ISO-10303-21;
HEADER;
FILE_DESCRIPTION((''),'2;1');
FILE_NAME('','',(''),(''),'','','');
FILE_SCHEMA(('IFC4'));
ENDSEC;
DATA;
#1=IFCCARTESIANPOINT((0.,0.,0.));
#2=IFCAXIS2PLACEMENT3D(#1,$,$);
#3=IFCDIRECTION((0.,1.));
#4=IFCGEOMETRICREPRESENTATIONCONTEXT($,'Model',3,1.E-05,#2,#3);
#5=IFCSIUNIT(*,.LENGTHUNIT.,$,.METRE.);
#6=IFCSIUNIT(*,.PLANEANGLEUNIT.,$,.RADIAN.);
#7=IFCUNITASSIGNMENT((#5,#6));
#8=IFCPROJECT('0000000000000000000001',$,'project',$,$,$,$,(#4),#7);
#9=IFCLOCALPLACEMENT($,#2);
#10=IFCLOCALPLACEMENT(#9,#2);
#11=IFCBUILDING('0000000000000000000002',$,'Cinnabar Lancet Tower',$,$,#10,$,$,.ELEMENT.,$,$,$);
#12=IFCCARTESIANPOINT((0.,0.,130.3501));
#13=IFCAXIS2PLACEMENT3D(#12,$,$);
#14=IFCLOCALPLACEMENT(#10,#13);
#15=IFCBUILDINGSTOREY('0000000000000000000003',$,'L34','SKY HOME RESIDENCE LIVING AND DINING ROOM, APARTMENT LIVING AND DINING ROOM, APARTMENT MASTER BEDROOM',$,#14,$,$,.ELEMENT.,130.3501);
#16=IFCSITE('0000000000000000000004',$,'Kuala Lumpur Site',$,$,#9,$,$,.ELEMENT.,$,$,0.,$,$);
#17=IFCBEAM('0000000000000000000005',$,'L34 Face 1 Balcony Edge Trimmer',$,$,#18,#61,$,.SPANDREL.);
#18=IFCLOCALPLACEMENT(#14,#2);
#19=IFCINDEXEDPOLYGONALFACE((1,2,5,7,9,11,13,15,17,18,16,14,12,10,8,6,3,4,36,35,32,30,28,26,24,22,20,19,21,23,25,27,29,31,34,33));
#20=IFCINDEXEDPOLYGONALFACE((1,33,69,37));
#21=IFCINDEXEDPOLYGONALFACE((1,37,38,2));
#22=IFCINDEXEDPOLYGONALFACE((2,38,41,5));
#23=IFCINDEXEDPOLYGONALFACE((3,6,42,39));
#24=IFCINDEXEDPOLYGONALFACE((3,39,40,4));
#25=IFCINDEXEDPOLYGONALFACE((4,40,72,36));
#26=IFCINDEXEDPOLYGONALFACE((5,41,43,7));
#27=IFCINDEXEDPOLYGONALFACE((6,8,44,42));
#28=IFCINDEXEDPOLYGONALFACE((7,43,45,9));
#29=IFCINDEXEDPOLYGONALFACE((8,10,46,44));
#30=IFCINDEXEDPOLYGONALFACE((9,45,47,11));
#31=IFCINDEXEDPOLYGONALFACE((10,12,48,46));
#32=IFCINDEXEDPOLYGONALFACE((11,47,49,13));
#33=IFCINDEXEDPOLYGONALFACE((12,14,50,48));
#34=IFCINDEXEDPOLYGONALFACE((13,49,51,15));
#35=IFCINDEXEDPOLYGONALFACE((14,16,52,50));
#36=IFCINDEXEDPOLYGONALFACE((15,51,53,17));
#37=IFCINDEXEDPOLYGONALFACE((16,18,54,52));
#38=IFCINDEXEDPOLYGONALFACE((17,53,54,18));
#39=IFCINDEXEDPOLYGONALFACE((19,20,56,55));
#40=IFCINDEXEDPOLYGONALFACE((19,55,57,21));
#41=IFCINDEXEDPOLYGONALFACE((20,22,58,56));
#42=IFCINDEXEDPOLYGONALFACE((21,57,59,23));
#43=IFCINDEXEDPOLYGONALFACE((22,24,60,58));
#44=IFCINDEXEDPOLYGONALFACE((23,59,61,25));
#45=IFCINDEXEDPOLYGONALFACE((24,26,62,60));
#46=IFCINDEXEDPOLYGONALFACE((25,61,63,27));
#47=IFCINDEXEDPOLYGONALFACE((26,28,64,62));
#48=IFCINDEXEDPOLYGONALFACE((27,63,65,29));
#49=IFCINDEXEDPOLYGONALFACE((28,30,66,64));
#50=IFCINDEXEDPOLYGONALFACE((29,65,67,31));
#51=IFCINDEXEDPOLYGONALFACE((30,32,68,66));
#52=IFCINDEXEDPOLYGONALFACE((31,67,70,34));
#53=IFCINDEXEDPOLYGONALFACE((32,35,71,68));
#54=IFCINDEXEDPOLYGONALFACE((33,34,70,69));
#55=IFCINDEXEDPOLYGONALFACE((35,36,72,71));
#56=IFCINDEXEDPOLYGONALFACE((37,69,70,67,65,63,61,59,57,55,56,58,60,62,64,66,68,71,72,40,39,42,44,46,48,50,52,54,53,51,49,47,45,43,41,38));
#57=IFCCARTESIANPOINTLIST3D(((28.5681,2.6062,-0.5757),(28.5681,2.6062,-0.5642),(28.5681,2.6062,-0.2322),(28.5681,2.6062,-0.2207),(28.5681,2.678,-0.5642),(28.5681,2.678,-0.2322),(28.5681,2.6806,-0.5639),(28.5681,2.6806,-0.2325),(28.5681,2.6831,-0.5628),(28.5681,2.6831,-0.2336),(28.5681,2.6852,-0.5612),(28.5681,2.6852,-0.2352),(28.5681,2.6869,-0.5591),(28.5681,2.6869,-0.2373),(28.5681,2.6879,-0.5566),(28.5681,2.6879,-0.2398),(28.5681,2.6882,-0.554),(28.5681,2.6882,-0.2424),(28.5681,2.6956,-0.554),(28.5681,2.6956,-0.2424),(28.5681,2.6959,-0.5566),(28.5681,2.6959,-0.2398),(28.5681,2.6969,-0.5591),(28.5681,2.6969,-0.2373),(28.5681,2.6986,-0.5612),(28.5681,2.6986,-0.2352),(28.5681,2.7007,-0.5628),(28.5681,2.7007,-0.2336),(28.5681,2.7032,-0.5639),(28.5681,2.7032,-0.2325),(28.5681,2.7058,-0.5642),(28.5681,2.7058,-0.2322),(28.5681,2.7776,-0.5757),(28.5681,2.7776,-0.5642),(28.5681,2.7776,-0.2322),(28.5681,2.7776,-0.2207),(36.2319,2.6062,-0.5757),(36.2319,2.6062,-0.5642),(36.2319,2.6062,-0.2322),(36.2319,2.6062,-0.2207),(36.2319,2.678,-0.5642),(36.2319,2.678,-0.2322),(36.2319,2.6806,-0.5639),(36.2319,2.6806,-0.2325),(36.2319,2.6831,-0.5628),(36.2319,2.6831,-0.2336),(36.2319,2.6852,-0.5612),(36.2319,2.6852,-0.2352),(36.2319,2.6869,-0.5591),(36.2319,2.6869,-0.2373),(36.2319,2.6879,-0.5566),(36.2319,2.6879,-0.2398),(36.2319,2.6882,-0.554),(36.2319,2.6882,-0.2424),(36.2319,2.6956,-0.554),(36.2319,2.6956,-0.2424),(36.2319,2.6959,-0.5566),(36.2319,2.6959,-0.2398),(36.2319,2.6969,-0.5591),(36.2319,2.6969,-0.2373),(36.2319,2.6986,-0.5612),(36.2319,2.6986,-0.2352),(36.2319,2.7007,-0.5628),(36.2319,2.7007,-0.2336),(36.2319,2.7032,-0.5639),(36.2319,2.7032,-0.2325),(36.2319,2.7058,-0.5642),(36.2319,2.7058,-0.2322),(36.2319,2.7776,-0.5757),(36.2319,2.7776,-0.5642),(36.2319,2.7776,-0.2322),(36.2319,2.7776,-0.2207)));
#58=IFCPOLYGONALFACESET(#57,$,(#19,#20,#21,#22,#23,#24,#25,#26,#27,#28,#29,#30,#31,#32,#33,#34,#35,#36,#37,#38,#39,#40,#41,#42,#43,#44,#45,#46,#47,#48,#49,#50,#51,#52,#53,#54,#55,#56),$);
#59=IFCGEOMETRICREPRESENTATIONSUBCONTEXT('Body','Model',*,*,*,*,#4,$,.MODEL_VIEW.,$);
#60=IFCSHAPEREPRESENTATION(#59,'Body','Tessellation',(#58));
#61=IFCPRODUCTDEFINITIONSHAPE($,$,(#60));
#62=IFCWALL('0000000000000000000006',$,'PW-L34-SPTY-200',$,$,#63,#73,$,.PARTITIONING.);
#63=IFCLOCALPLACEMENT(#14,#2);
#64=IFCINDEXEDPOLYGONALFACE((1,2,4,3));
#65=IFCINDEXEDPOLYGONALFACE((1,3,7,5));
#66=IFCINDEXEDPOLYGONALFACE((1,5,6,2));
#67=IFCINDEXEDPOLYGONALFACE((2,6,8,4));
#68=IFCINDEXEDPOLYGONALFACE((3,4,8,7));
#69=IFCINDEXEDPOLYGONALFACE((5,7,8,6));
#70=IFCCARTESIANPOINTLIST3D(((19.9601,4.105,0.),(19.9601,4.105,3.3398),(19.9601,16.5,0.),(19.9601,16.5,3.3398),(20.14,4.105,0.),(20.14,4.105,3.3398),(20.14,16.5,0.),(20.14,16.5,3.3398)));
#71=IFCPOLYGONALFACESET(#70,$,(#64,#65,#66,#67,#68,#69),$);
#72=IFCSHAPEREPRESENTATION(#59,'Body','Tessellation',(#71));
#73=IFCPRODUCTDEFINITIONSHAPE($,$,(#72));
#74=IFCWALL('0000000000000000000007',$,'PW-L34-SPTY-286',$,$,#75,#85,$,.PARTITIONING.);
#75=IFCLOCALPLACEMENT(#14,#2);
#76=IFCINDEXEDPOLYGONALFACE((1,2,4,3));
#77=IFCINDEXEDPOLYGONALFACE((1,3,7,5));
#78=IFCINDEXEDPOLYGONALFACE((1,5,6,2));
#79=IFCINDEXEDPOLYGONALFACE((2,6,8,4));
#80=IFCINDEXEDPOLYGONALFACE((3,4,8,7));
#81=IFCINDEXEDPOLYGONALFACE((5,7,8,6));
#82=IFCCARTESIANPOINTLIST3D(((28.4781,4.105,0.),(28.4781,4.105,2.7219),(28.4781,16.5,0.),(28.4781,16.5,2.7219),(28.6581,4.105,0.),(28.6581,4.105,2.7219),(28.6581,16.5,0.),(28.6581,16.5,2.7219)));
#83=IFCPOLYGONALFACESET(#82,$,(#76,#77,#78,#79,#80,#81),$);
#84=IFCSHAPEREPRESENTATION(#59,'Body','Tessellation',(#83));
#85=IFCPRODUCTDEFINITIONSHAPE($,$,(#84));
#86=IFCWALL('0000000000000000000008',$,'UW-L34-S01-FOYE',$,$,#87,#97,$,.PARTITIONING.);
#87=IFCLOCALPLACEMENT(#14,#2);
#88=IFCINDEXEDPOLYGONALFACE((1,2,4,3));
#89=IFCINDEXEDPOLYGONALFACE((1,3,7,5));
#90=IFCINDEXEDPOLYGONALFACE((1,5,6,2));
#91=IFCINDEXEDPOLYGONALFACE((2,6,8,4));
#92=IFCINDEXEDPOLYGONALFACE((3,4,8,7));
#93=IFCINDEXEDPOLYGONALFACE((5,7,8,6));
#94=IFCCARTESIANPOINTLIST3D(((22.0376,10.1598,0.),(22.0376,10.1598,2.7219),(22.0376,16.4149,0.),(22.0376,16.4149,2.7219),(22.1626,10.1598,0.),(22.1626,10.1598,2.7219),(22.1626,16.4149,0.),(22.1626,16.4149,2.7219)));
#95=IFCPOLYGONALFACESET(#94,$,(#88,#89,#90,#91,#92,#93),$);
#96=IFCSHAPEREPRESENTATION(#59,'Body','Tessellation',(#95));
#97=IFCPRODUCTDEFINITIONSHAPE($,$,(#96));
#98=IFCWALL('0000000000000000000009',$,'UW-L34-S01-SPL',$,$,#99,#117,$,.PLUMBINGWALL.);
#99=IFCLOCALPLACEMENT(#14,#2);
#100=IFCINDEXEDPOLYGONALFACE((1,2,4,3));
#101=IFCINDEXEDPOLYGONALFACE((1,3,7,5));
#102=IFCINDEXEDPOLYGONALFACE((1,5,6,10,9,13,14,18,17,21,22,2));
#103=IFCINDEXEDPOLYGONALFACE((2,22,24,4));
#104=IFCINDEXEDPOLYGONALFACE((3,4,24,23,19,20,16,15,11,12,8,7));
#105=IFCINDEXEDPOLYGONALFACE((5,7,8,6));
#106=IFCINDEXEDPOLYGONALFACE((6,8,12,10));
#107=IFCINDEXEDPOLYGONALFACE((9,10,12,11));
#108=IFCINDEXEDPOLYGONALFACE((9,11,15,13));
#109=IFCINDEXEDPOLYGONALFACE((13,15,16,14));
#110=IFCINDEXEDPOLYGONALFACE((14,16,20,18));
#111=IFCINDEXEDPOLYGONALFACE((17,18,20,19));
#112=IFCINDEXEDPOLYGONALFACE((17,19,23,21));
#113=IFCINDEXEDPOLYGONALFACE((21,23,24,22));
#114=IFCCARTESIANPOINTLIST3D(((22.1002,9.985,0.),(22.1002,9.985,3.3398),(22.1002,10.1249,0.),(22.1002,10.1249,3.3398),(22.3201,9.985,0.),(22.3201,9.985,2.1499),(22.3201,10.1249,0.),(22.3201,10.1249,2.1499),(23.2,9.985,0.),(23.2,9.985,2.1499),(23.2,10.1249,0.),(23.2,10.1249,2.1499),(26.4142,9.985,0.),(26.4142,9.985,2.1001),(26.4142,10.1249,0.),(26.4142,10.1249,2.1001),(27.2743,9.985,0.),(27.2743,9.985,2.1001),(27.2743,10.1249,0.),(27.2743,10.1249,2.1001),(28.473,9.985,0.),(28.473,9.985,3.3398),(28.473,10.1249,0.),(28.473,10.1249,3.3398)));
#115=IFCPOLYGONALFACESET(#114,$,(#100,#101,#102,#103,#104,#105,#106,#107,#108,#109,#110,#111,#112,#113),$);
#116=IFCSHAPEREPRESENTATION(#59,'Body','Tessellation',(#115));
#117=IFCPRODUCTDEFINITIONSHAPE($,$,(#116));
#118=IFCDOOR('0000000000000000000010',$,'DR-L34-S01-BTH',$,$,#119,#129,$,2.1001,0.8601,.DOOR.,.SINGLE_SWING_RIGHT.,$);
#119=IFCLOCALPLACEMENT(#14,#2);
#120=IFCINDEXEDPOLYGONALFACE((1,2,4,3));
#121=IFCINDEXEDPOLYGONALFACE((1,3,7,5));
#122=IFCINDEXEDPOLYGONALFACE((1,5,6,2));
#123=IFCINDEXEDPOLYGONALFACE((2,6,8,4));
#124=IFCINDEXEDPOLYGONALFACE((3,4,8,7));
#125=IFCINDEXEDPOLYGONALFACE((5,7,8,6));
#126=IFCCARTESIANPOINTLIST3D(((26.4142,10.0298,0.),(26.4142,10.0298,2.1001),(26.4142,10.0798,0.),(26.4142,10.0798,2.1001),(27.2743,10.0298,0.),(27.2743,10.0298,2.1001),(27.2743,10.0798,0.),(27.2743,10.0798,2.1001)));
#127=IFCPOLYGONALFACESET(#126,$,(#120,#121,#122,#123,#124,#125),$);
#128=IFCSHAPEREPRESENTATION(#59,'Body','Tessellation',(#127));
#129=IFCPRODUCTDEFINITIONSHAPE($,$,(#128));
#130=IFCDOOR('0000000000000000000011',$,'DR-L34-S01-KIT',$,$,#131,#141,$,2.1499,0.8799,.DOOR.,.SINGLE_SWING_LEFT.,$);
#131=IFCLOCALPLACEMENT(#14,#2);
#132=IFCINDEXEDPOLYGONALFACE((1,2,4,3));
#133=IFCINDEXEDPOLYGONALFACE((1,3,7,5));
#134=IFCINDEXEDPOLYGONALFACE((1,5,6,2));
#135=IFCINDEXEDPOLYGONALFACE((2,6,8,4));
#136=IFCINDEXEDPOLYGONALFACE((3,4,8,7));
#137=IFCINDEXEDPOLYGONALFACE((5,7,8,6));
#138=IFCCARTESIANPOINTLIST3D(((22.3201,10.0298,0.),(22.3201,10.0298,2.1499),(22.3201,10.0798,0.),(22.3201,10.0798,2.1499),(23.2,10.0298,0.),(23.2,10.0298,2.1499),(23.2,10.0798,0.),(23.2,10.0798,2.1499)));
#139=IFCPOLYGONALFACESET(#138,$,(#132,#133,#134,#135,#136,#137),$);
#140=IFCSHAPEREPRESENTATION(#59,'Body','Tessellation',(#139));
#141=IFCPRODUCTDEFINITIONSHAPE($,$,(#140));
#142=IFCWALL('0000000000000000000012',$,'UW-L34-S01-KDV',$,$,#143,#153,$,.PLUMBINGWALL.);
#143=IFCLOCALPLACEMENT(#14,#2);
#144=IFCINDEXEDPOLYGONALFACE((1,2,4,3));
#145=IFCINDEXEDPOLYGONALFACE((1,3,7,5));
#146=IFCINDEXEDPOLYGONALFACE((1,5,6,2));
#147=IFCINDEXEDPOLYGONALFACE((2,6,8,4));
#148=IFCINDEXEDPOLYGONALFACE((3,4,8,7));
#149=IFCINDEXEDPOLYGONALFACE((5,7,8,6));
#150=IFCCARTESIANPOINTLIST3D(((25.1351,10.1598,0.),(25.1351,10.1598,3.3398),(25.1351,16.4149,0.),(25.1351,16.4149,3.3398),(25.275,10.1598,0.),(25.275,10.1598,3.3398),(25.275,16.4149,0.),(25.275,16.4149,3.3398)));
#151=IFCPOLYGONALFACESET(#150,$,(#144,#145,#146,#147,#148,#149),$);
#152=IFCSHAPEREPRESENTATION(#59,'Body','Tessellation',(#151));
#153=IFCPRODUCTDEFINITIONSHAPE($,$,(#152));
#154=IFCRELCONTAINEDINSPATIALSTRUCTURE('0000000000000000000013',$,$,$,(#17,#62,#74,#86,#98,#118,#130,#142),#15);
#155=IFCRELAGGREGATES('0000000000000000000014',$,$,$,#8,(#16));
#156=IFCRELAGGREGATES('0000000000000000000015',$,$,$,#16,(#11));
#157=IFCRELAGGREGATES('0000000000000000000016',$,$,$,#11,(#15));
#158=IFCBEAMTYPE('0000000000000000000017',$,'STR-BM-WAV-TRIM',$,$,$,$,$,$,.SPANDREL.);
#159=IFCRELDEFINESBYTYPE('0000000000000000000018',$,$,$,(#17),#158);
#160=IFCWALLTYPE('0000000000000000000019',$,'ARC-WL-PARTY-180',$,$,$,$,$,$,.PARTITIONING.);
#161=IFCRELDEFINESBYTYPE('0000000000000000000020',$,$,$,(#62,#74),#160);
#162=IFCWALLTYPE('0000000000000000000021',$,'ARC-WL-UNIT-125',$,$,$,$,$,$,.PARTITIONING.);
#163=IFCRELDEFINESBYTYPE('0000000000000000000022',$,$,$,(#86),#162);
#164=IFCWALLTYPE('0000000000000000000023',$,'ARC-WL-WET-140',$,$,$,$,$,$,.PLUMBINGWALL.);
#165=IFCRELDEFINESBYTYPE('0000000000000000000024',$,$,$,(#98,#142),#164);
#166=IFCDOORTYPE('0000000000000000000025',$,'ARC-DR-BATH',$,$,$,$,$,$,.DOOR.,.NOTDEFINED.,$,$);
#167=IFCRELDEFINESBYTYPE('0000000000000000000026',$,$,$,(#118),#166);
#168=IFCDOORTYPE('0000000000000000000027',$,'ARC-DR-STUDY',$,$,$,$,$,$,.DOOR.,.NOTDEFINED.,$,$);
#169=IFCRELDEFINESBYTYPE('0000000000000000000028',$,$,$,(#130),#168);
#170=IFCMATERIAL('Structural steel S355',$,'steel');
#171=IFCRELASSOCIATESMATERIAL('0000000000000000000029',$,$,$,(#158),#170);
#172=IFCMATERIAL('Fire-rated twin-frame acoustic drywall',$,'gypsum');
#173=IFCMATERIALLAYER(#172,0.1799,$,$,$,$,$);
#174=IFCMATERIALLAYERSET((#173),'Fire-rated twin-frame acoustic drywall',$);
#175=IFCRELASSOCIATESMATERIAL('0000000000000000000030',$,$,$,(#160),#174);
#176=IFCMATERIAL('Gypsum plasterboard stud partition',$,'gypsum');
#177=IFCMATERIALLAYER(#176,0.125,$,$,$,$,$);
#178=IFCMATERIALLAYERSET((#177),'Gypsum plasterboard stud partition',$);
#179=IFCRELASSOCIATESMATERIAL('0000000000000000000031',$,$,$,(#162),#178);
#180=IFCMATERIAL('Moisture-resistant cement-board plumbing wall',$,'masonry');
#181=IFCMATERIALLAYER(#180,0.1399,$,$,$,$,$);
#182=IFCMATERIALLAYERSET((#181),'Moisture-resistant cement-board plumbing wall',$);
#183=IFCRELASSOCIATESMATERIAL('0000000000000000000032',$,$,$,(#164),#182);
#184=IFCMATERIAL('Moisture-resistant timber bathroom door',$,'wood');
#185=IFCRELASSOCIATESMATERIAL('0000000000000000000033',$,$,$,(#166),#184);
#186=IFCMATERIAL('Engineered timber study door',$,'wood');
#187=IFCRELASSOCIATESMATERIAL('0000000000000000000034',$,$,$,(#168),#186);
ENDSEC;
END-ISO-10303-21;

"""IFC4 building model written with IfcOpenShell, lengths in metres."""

from ifc_helpers import new_model, si_unit, direction, frame, frame_2d, origin, origin_2d, place, context, subcontext, project, spatial, rectangle, i_section, extrude, material, layer, layer_set, material_profile, profile_set, type_object, element, fill, save


model = new_model("IFC4")

# Units and contexts
model_context = context("Model", 3, precision=1e-05, world=origin(), true_north=direction((0.0, 1.0)))
body_context = subcontext(model_context, "Body", "Model", "MODEL_VIEW")
ifc_project = project(units=[si_unit("LENGTHUNIT", "METRE"), si_unit("PLANEANGLEUNIT", "RADIAN")], contexts=[model_context])

# Site, building, storey
site_placement = place(None, origin())
site = spatial("IfcSite", under=ifc_project, at=site_placement, Name="Kuala Lumpur Site", CompositionType="ELEMENT", RefElevation=0.0)
building_placement = place(site_placement, origin())
building = spatial("IfcBuilding", under=site, at=building_placement, Name="Cinnabar Lancet Tower", CompositionType="ELEMENT")
storey_placement = place(building_placement, frame((0.0, 0.0, 130.3501)))
storey = spatial("IfcBuildingStorey", under=building, at=storey_placement, Name="L34", Description="SKY HOME RESIDENCE LIVING AND DINING ROOM, APARTMENT LIVING AND DINING ROOM, APARTMENT MASTER BEDROOM", CompositionType="ELEMENT", Elevation=130.3501)

# Beam
ifc_material_1 = material(Name="Structural steel S355", Category="steel")
ifc_material_profile_1 = material_profile(ifc_material_1, i_section(OverallWidth=0.1714, OverallDepth=0.355, WebThickness=0.0073, FlangeThickness=0.0115, FilletRadius=0.0103, at=origin_2d()), Name="UKB 356x171x51")
ifc_profile_set_1 = profile_set([ifc_material_profile_1], Name="Structural steel S355")
beam_type_1 = type_object("IfcBeamType", Name="STR-BM-WAV-TRIM", PredefinedType="SPANDREL", material=ifc_profile_set_1)
beam_1_placement = place(storey_placement, frame((28.5681, 2.6919, -0.3982), z_axis=(1.0, 0.0, 0.0), x_axis=(0.0, 1.0, 0.0)))
element("IfcBeam", 1, at=beam_1_placement, inside=storey, type_object=beam_type_1, Name="L34 Face 1 Balcony Edge Trimmer", PredefinedType="SPANDREL", context=body_context, shape_type="SweptSolid", body=[
    extrude(i_section(OverallWidth=0.1714, OverallDepth=0.355, WebThickness=0.0073, FlangeThickness=0.0115, FilletRadius=0.0103, at=origin_2d()), origin(), (0.0, 0.0, 1.0), 7.6638),
])

# Walls
ifc_material_2 = material(Name="Fire-rated twin-frame acoustic drywall", Category="gypsum")
ifc_layer_1 = layer(ifc_material_2, 0.1799)
ifc_layer_set_1 = layer_set([ifc_layer_1], Name="Fire-rated twin-frame acoustic drywall")
wall_type_1 = type_object("IfcWallType", Name="ARC-WL-PARTY-180", PredefinedType="PARTITIONING", material=ifc_layer_set_1)
wall_1_placement = place(storey_placement, frame((20.05, 4.105, 0.0), z_axis=(0.0, 0.0, 1.0), x_axis=(0.0, 1.0, 0.0)))
element("IfcWall", 2, at=wall_1_placement, inside=storey, type_object=wall_type_1, Name="PW-L34-SPTY-200", PredefinedType="PARTITIONING", context=body_context, shape_type="SweptSolid", body=[
    extrude(rectangle(XDim=12.395, YDim=0.1799, at=frame_2d((6.1975, 0.0))), origin(), (0.0, 0.0, 1.0), 3.3398),
])
wall_2_placement = place(storey_placement, frame((28.5681, 4.105, 0.0), z_axis=(0.0, 0.0, 1.0), x_axis=(0.0, 1.0, 0.0)))
element("IfcWall", 3, at=wall_2_placement, inside=storey, type_object=wall_type_1, Name="PW-L34-SPTY-286", PredefinedType="PARTITIONING", context=body_context, shape_type="SweptSolid", body=[
    extrude(rectangle(XDim=12.395, YDim=0.1799, at=frame_2d((6.1975, 0.0))), origin(), (0.0, 0.0, 1.0), 2.7219),
])
ifc_material_3 = material(Name="Gypsum plasterboard stud partition", Category="gypsum")
ifc_layer_2 = layer(ifc_material_3, 0.125)
ifc_layer_set_2 = layer_set([ifc_layer_2], Name="Gypsum plasterboard stud partition")
wall_type_2 = type_object("IfcWallType", Name="ARC-WL-UNIT-125", PredefinedType="PARTITIONING", material=ifc_layer_set_2)
wall_3_placement = place(storey_placement, frame((22.1001, 10.1599, 0.0), z_axis=(0.0, 0.0, 1.0), x_axis=(0.0, 1.0, 0.0)))
element("IfcWall", 4, at=wall_3_placement, inside=storey, type_object=wall_type_2, Name="UW-L34-S01-FOYE", PredefinedType="PARTITIONING", context=body_context, shape_type="SweptSolid", body=[
    extrude(rectangle(XDim=6.2551, YDim=0.125, at=frame_2d((3.1274, 0.0))), origin(), (0.0, 0.0, 1.0), 2.7219),
])

# Wall, openings, doors
ifc_material_4 = material(Name="Moisture-resistant cement-board plumbing wall", Category="masonry")
ifc_layer_3 = layer(ifc_material_4, 0.1399)
ifc_layer_set_3 = layer_set([ifc_layer_3], Name="Moisture-resistant cement-board plumbing wall")
wall_type_3 = type_object("IfcWallType", Name="ARC-WL-WET-140", PredefinedType="PLUMBINGWALL", material=ifc_layer_set_3)
wall_4_placement = place(storey_placement, frame((22.1001, 10.0549, 0.0), z_axis=(0.0, 0.0, 1.0), x_axis=(1.0, 0.0, 0.0)))
wall_4 = element("IfcWall", 5, at=wall_4_placement, inside=storey, type_object=wall_type_3, Name="UW-L34-S01-SPL", PredefinedType="PLUMBINGWALL", context=body_context, shape_type="SweptSolid", body=[
    extrude(rectangle(XDim=6.3728, YDim=0.1399, at=frame_2d((3.1865, 0.0))), origin(), (0.0, 0.0, 1.0), 3.3398),
])
opening_1_placement = place(wall_4_placement, frame((4.314, 0.0, 0.0)))
opening_1 = element("IfcOpeningElement", 6, at=opening_1_placement, cuts=wall_4, PredefinedType="OPENING", context=body_context, shape_type="SweptSolid", body=[
    extrude(rectangle(XDim=0.8601, YDim=2.1001, at=frame_2d((0.4302, 1.05))), frame((0.0, 0.0798, 0.0), z_axis=(0.0, -1.0, 0.0), x_axis=(1.0, 0.0, 0.0)), (0.0, 0.0, 1.0), 0.1599),
])
opening_2_placement = place(wall_4_placement, frame((0.22, 0.0, 0.0)))
opening_2 = element("IfcOpeningElement", 7, at=opening_2_placement, cuts=wall_4, PredefinedType="OPENING", context=body_context, shape_type="SweptSolid", body=[
    extrude(rectangle(XDim=0.8799, YDim=2.1499, at=frame_2d((0.4399, 1.075))), frame((0.0, 0.0798, 0.0), z_axis=(0.0, -1.0, 0.0), x_axis=(1.0, 0.0, 0.0)), (0.0, 0.0, 1.0), 0.1599),
])
ifc_material_5 = material(Name="Moisture-resistant timber bathroom door", Category="wood")
door_type_1 = type_object("IfcDoorType", Name="ARC-DR-BATH", OperationType="NOTDEFINED", PredefinedType="DOOR", material=ifc_material_5)
door_1_placement = place(opening_1_placement, origin())
door_1 = element("IfcDoor", 8, at=door_1_placement, inside=storey, type_object=door_type_1, Name="DR-L34-S01-BTH", OperationType="SINGLE_SWING_RIGHT", OverallHeight=2.1001, OverallWidth=0.8601, PredefinedType="DOOR", context=body_context, shape_type="SweptSolid", body=[
    extrude(rectangle(XDim=0.8601, YDim=2.1001, at=frame_2d((0.4302, 1.05))), frame((0.0, 0.0249, 0.0), z_axis=(0.0, -1.0, 0.0), x_axis=(1.0, 0.0, 0.0)), (0.0, 0.0, 1.0), 0.05),
])
fill(opening_1, door_1)
ifc_material_6 = material(Name="Engineered timber study door", Category="wood")
door_type_2 = type_object("IfcDoorType", Name="ARC-DR-STUDY", OperationType="NOTDEFINED", PredefinedType="DOOR", material=ifc_material_6)
door_2_placement = place(opening_2_placement, origin())
door_2 = element("IfcDoor", 9, at=door_2_placement, inside=storey, type_object=door_type_2, Name="DR-L34-S01-KIT", OperationType="SINGLE_SWING_LEFT", OverallHeight=2.1499, OverallWidth=0.8799, PredefinedType="DOOR", context=body_context, shape_type="SweptSolid", body=[
    extrude(rectangle(XDim=0.8799, YDim=2.1499, at=frame_2d((0.4399, 1.075))), frame((0.0, 0.0249, 0.0), z_axis=(0.0, -1.0, 0.0), x_axis=(1.0, 0.0, 0.0)), (0.0, 0.0, 1.0), 0.05),
])
fill(opening_2, door_2)

# Wall
wall_5_placement = place(storey_placement, frame((25.2051, 10.1599, 0.0), z_axis=(0.0, 0.0, 1.0), x_axis=(0.0, 1.0, 0.0)))
element("IfcWall", 10, at=wall_5_placement, inside=storey, type_object=wall_type_3, Name="UW-L34-S01-KDV", PredefinedType="PLUMBINGWALL", context=body_context, shape_type="SweptSolid", body=[
    extrude(rectangle(XDim=6.2551, YDim=0.1399, at=frame_2d((3.1274, 0.0))), origin(), (0.0, 0.0, 1.0), 3.3398),
])

save(model, "model.ifc")
